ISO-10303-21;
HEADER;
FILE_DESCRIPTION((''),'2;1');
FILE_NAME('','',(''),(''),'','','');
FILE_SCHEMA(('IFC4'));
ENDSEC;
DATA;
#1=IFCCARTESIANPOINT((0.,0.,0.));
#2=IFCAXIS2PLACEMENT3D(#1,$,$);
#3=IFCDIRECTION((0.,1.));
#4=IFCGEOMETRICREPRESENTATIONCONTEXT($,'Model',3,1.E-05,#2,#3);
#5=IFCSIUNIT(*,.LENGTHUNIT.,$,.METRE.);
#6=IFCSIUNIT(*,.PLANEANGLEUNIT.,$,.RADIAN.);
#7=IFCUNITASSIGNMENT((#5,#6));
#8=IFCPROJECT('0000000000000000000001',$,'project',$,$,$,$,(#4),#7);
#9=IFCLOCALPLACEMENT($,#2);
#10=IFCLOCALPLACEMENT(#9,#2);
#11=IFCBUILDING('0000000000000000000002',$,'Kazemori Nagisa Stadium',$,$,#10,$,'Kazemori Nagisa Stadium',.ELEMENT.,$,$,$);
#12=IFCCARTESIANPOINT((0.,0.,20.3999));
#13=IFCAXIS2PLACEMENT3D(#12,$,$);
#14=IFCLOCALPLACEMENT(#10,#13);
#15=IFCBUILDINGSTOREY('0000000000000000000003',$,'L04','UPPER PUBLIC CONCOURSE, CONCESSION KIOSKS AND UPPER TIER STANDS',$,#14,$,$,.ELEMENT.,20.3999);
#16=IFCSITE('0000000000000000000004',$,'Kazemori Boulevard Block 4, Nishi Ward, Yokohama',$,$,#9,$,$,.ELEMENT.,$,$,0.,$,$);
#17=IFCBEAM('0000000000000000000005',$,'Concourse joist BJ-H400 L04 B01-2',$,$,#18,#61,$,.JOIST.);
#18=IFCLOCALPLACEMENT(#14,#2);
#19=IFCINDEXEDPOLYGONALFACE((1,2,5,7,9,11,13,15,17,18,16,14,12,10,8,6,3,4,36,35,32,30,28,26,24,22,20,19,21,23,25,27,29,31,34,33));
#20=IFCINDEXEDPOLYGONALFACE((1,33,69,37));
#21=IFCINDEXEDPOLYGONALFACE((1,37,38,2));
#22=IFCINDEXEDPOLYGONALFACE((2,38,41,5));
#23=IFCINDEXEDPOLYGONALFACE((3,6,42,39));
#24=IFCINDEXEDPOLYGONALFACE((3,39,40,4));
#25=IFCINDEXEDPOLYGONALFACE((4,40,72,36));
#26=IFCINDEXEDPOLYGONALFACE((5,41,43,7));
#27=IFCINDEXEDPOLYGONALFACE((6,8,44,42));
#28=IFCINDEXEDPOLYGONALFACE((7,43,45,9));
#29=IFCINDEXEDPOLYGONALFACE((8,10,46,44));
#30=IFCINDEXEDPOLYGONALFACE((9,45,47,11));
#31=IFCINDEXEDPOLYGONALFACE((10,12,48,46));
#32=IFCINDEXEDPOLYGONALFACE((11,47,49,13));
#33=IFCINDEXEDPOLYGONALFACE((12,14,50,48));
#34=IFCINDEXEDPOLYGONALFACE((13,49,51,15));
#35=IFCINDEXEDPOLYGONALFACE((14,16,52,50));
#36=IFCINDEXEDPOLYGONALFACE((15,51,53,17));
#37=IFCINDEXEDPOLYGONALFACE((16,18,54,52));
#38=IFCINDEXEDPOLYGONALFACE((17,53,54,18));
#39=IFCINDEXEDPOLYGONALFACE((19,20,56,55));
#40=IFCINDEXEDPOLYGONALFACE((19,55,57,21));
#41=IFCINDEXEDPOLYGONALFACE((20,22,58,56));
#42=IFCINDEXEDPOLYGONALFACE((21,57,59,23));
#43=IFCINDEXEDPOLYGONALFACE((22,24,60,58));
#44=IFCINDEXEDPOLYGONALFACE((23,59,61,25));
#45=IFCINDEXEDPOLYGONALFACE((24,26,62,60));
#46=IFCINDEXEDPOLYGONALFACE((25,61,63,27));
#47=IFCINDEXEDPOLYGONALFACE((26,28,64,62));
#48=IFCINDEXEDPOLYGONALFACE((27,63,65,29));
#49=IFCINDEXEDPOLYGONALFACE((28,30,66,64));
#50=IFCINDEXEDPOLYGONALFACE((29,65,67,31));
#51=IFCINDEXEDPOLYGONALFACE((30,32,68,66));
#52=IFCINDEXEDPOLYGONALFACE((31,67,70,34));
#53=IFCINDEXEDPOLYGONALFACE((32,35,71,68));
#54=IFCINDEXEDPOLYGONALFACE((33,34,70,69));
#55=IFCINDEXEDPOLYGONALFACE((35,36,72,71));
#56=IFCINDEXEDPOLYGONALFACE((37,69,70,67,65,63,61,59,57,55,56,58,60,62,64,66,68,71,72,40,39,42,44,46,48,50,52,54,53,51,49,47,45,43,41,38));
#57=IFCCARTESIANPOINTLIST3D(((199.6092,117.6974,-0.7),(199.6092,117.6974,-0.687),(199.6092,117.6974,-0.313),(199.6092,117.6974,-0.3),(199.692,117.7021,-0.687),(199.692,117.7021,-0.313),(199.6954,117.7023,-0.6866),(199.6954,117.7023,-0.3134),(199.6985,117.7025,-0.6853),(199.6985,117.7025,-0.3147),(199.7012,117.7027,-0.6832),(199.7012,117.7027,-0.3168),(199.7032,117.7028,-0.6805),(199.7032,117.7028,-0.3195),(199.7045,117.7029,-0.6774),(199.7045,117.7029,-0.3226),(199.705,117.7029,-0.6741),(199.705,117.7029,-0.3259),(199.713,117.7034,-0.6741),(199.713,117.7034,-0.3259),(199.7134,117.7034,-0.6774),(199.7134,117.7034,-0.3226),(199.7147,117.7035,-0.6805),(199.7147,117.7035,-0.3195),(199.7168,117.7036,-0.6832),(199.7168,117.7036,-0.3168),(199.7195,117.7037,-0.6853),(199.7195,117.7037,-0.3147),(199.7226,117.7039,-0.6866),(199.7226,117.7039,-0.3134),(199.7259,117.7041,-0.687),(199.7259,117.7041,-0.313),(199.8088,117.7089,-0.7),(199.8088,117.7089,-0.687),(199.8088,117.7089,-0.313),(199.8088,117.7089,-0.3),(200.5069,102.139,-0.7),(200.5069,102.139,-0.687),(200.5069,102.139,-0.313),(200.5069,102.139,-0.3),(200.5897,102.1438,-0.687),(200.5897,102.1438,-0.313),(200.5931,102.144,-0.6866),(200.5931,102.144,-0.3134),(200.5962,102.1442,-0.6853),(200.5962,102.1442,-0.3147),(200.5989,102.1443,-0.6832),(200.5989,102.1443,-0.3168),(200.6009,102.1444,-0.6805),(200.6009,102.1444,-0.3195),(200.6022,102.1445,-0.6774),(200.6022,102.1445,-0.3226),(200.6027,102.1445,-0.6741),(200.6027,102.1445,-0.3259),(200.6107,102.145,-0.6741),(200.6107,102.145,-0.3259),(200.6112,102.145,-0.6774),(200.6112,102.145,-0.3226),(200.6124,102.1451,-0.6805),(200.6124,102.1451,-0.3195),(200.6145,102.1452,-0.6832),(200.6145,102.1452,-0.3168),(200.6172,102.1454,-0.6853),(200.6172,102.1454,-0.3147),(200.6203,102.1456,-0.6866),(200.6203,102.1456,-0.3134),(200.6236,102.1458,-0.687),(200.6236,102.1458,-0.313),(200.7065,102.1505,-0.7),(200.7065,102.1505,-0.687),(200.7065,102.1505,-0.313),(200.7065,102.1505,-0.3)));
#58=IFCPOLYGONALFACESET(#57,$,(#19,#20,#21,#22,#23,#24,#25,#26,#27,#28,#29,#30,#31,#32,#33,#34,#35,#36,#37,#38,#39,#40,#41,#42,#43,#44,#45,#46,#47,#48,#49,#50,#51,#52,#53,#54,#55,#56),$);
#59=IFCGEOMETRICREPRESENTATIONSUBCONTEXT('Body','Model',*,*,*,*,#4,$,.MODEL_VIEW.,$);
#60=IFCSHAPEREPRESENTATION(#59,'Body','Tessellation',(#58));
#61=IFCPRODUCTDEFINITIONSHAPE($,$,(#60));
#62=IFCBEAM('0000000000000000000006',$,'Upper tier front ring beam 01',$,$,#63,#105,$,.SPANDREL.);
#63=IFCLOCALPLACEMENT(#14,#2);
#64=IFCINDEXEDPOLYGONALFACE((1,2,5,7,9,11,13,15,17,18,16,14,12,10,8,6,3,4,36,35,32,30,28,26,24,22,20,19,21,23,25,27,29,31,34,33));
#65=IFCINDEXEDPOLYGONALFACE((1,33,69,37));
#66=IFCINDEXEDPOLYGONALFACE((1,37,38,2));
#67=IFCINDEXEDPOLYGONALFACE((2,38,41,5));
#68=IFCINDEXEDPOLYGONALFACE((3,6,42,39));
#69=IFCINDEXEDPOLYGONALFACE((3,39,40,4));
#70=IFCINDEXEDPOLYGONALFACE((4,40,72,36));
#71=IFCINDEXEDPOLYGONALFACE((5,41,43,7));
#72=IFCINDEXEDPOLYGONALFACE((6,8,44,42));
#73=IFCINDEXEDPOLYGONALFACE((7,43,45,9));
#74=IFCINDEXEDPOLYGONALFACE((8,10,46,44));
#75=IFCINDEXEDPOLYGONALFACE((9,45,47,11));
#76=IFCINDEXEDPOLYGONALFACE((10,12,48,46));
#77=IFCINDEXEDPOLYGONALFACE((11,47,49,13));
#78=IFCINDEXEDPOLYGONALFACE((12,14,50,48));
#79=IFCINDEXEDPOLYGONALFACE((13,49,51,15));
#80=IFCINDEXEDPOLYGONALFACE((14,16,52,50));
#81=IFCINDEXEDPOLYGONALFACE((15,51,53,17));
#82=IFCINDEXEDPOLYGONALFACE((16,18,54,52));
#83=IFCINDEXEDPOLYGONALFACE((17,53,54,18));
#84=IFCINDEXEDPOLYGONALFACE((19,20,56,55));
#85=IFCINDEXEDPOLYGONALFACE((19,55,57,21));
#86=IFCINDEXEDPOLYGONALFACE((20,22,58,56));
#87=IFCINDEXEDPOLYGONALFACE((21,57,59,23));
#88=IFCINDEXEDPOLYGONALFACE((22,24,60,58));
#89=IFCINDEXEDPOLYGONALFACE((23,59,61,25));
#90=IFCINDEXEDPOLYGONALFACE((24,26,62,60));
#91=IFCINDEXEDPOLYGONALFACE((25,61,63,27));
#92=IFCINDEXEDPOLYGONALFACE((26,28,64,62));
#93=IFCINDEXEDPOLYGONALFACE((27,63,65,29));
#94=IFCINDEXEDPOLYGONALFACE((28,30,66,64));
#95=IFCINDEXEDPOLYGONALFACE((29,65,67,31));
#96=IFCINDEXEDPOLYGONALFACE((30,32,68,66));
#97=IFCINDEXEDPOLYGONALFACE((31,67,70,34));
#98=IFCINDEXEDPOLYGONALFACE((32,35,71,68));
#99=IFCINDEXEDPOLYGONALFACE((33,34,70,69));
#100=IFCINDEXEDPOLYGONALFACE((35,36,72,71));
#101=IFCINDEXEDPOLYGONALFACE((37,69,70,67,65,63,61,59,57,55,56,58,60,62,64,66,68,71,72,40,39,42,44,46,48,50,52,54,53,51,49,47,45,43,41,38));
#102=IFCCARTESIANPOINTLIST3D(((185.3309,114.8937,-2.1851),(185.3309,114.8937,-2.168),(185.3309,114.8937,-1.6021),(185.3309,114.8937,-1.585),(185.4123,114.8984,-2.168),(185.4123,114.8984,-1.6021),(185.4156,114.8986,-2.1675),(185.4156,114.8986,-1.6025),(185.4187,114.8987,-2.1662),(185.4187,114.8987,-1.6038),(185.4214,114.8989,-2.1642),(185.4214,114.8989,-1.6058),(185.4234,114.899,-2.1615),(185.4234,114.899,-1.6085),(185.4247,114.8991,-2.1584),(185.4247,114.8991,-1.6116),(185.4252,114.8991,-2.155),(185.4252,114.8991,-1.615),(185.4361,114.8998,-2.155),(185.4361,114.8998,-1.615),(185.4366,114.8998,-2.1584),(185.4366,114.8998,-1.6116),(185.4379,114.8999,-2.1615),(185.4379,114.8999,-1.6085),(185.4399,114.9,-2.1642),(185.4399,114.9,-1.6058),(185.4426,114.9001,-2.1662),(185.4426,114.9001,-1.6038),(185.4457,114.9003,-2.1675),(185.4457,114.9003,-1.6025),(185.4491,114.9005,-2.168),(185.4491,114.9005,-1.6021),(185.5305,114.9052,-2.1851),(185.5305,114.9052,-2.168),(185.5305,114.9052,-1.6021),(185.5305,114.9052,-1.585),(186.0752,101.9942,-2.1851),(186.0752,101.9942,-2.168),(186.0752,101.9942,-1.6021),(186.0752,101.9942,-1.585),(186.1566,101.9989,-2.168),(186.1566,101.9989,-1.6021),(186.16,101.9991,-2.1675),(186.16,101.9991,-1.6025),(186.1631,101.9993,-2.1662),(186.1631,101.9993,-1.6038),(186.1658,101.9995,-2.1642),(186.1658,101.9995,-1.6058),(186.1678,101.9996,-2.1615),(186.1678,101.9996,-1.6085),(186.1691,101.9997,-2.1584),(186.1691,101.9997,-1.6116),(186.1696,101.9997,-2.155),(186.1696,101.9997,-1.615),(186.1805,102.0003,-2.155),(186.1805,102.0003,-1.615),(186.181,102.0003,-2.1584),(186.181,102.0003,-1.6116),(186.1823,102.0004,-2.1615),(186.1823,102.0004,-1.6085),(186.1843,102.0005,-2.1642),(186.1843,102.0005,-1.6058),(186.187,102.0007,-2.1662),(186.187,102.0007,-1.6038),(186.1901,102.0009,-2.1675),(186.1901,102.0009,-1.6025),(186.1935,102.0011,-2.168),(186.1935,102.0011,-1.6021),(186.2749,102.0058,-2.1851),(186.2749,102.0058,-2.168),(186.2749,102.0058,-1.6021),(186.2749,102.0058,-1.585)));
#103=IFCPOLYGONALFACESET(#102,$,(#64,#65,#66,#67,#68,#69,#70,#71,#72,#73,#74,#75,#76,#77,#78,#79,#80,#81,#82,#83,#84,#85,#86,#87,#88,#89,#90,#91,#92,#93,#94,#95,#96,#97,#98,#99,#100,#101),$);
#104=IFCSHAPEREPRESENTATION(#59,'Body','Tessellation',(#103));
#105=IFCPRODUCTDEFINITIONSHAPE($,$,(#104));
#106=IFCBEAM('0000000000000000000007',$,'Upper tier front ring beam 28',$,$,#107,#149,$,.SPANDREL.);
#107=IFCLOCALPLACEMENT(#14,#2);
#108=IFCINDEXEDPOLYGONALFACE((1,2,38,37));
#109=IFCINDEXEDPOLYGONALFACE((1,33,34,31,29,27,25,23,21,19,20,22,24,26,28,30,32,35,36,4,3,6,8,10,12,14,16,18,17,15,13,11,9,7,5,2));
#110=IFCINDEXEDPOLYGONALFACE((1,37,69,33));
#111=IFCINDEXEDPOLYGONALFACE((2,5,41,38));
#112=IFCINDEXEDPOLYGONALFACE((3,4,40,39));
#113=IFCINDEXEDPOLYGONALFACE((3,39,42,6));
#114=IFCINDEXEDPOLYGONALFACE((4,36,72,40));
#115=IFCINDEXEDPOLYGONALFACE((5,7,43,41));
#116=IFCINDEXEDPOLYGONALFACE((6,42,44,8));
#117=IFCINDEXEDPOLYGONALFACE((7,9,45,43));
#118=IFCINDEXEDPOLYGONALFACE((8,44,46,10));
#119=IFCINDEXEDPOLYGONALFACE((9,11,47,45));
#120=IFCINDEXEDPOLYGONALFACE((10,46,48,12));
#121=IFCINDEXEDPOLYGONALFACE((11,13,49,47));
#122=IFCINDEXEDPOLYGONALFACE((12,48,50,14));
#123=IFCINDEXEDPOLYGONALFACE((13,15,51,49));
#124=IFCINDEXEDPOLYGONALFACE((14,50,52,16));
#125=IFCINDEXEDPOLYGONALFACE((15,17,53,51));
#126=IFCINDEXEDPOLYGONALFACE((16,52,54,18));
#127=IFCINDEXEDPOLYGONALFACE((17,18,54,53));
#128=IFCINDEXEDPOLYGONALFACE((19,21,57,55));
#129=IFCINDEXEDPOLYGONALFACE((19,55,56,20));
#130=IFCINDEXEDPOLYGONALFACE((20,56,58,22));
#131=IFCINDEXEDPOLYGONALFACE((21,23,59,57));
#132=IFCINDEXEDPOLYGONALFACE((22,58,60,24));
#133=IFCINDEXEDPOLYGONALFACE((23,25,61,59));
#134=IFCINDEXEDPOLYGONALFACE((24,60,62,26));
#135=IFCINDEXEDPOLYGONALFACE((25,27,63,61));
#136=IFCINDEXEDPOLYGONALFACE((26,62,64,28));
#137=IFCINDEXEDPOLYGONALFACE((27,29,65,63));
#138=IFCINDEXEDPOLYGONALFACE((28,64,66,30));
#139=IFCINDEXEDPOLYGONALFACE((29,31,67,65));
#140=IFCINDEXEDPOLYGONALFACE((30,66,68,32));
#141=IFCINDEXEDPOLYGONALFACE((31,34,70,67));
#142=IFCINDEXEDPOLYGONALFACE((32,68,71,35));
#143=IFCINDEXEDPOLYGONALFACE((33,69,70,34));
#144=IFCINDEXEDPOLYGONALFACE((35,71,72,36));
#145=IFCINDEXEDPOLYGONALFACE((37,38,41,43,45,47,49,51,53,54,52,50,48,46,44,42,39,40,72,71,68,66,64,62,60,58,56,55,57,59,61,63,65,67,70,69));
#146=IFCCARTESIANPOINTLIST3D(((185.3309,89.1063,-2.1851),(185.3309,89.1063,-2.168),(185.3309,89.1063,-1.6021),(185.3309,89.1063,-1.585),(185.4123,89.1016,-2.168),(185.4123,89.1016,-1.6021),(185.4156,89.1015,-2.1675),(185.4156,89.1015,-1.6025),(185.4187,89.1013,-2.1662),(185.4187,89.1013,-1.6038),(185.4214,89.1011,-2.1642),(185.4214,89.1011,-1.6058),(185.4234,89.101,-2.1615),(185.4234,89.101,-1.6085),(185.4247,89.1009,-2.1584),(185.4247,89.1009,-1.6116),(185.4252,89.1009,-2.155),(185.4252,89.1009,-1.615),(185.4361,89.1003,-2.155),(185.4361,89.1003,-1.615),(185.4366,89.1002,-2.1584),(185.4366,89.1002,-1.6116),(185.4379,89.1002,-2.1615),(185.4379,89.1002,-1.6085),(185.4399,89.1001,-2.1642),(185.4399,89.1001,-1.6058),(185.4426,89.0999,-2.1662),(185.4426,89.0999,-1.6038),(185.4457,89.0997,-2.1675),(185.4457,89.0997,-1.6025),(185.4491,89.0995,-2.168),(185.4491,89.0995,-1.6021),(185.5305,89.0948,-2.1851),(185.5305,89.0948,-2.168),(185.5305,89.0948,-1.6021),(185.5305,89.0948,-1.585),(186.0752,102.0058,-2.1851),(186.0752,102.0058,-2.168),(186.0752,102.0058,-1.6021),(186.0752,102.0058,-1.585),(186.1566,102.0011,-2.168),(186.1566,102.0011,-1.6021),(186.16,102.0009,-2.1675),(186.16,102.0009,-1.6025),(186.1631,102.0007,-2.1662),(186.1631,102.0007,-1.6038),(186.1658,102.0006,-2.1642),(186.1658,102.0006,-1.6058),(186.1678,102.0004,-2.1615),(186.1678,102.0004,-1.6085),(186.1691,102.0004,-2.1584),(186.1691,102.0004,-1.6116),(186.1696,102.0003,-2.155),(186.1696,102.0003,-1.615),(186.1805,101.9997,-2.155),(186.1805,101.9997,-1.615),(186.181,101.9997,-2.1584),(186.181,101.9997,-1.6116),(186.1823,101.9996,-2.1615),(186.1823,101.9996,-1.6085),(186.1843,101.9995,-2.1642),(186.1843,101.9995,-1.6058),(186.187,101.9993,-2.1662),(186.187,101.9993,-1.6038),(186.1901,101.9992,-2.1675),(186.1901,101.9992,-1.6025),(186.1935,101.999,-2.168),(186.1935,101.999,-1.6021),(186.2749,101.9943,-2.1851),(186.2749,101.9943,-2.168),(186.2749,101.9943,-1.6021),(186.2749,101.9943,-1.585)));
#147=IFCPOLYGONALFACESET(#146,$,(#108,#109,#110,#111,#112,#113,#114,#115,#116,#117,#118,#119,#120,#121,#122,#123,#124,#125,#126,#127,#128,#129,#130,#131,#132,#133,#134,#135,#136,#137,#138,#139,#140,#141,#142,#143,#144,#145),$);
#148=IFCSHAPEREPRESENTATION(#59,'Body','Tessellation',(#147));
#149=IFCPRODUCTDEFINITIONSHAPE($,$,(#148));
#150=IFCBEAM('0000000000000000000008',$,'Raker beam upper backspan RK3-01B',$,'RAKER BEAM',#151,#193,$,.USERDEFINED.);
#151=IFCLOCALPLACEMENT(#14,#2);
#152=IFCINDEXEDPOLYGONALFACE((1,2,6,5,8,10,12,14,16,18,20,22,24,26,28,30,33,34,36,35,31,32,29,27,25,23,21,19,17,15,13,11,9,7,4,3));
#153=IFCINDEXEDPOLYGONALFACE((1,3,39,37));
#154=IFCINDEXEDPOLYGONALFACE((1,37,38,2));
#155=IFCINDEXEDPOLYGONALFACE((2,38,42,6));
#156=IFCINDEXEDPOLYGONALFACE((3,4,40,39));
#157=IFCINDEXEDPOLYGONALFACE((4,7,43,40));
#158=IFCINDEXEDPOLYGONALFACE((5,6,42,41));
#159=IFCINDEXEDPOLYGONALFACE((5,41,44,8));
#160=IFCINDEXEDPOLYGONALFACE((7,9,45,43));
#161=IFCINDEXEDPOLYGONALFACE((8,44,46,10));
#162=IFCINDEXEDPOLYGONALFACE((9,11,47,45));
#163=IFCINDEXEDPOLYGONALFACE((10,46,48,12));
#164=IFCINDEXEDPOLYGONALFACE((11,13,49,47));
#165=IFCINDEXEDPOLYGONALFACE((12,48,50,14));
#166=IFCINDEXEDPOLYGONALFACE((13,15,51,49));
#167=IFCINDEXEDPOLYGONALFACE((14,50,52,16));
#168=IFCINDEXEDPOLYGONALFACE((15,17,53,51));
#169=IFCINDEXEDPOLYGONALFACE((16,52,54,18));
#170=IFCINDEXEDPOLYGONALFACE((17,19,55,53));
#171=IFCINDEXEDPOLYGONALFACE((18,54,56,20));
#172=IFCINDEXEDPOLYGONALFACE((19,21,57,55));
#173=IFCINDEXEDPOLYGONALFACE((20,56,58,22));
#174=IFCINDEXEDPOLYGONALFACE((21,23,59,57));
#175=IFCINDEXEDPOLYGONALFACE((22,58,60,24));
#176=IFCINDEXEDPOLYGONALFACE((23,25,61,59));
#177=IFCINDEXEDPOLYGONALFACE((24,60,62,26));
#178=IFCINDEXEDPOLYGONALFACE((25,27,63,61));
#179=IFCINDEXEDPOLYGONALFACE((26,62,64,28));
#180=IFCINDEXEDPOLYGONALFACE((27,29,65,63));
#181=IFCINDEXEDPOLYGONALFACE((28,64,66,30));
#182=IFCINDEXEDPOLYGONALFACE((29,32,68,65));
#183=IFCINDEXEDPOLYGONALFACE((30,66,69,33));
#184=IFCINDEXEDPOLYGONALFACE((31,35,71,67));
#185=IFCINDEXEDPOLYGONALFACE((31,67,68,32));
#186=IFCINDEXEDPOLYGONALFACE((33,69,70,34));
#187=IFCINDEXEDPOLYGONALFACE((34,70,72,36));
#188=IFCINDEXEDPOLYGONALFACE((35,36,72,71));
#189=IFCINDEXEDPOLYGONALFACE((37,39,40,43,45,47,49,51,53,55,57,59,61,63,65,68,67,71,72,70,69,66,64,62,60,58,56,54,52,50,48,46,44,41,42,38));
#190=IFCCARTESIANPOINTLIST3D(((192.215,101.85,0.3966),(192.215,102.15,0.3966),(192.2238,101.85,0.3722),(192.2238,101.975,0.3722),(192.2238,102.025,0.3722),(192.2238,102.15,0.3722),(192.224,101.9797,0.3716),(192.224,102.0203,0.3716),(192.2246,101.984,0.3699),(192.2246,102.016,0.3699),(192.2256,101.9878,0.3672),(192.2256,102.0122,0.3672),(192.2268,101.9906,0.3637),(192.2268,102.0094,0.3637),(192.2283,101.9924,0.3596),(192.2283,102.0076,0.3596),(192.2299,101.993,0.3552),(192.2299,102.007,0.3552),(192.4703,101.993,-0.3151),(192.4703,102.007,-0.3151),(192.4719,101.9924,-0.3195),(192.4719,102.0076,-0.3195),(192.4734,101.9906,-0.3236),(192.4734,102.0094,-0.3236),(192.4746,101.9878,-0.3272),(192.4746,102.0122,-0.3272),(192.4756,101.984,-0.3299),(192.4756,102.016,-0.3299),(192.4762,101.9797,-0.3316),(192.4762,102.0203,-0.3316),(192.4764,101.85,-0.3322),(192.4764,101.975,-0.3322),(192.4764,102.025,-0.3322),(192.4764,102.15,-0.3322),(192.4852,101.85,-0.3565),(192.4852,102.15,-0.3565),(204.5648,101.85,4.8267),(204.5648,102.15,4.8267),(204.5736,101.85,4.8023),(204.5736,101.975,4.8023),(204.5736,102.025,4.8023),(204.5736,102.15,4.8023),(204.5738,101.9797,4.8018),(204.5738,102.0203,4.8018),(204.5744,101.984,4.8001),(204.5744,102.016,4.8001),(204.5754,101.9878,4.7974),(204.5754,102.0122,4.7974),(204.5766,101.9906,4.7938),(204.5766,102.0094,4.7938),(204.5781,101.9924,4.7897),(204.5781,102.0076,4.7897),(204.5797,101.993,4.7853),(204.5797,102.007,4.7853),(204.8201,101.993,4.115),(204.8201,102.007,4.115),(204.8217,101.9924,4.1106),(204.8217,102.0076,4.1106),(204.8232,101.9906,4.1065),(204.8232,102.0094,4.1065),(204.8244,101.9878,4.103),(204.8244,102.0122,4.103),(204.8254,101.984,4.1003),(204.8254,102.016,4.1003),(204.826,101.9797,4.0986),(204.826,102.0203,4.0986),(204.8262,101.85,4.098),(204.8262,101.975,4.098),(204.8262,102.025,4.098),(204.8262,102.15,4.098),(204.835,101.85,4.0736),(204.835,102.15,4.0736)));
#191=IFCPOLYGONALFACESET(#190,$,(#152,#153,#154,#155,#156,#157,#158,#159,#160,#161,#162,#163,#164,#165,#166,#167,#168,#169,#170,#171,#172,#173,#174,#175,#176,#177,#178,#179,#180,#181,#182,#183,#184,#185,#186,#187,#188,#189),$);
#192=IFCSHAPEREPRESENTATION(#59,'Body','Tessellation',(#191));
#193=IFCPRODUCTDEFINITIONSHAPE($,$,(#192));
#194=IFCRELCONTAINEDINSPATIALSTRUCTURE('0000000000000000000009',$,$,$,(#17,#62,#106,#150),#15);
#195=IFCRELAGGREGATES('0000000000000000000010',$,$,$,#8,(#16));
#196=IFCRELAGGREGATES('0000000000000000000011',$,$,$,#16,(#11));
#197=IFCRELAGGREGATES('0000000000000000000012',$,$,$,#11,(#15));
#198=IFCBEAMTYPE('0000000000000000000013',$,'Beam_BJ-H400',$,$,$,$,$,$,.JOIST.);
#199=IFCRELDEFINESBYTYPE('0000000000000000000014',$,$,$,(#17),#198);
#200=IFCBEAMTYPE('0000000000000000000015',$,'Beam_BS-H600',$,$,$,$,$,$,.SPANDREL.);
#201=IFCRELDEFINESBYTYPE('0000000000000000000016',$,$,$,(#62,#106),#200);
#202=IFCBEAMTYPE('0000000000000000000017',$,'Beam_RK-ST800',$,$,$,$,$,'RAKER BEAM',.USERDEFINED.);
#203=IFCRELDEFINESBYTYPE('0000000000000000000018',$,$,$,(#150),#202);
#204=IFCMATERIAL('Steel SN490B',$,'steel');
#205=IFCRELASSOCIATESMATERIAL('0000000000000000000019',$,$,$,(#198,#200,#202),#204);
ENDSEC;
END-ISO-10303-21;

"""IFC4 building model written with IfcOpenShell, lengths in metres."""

from ifc_helpers import new_model, si_unit, direction, frame, origin, origin_2d, place, context, subcontext, project, spatial, i_section, extrude, material, material_profile, profile_set, type_object, element, save


model = new_model("IFC4")

# Units and contexts
model_context = context("Model", 3, precision=1e-05, world=origin(), true_north=direction((0.0, 1.0)))
body_context = subcontext(model_context, "Body", "Model", "MODEL_VIEW")
ifc_project = project(units=[si_unit("LENGTHUNIT", "METRE"), si_unit("PLANEANGLEUNIT", "RADIAN")], contexts=[model_context])

# Site, building, storey
site_placement = place(None, origin())
site = spatial("IfcSite", under=ifc_project, at=site_placement, Name="Kazemori Boulevard Block 4, Nishi Ward, Yokohama", CompositionType="ELEMENT", RefElevation=0.0)
building_placement = place(site_placement, origin())
building = spatial("IfcBuilding", under=site, at=building_placement, Name="Kazemori Nagisa Stadium", LongName="Kazemori Nagisa Stadium", CompositionType="ELEMENT")
storey_placement = place(building_placement, frame((0.0, 0.0, 20.3999)))
storey = spatial("IfcBuildingStorey", under=building, at=storey_placement, Name="L04", Description="UPPER PUBLIC CONCOURSE, CONCESSION KIOSKS AND UPPER TIER STANDS", CompositionType="ELEMENT", Elevation=20.3999)

# Beams
ifc_material_1 = material(Name="Steel SN490B", Category="steel")
ifc_material_profile_1 = material_profile(ifc_material_1, i_section(OverallWidth=0.2, OverallDepth=0.3999, WebThickness=0.0081, FlangeThickness=0.0129, FilletRadius=0.0129, at=origin_2d()), Name="H-400x200x8x13")
ifc_profile_set_1 = profile_set([ifc_material_profile_1], Name="Steel SN490B")
beam_type_1 = type_object("IfcBeamType", Name="Beam_BJ-H400", PredefinedType="JOIST", material=ifc_profile_set_1)
beam_1_placement = place(storey_placement, frame((200.6067, 102.1448, -0.5), z_axis=(-0.057603, 0.99834, 0.0), x_axis=(-0.99834, -0.057603, 0.0)))
element("IfcBeam", 1, at=beam_1_placement, inside=storey, type_object=beam_type_1, Name="Concourse joist BJ-H400 L04 B01-2", PredefinedType="JOIST", context=body_context, shape_type="SweptSolid", body=[
    extrude(i_section(OverallWidth=0.2, OverallDepth=0.3999, WebThickness=0.0081, FlangeThickness=0.0129, FilletRadius=0.0129, at=origin_2d()), origin(), (0.0, 0.0, 1.0), 15.5842),
])
ifc_material_profile_2 = material_profile(ifc_material_1, i_section(OverallWidth=0.2, OverallDepth=0.6001, WebThickness=0.011, FlangeThickness=0.0171, FilletRadius=0.0129, at=origin_2d()), Name="H-600x200x11x17")
ifc_profile_set_2 = profile_set([ifc_material_profile_2], Name="Steel SN490B")
beam_type_2 = type_object("IfcBeamType", Name="Beam_BS-H600", PredefinedType="SPANDREL", material=ifc_profile_set_2)
for number, where, z_axis, x_axis, name in (
    (2, (186.175, 102.0, -1.885), (-0.057611, 0.998339, 0.0), (-0.998339, -0.057611, 0.0), "Upper tier front ring beam 01"),
    (3, (185.4307, 89.1006, -1.885), (0.057611, 0.998339, 0.0), (-0.998339, 0.057611, 0.0), "Upper tier front ring beam 28"),
):
    element("IfcBeam", number, at=place(storey_placement, frame(where, z_axis=z_axis, x_axis=x_axis)), inside=storey, type_object=beam_type_2, Name=name, PredefinedType="SPANDREL", context=body_context, shape_type="SweptSolid", body=[
        extrude(i_section(OverallWidth=0.2, OverallDepth=0.6001, WebThickness=0.011, FlangeThickness=0.0171, FilletRadius=0.0129, at=origin_2d()), origin(), (0.0, 0.0, 1.0), 12.9209),
    ])
ifc_material_profile_3 = material_profile(ifc_material_1, i_section(OverallWidth=0.3, OverallDepth=0.8, WebThickness=0.0139, FlangeThickness=0.0259, FilletRadius=0.0181, at=origin_2d()), Name="H-800x300x14x26")
ifc_profile_set_3 = profile_set([ifc_material_profile_3], Name="Steel SN490B")
beam_type_3 = type_object("IfcBeamType", Name="Beam_RK-ST800", ElementType="RAKER BEAM", PredefinedType="USERDEFINED", material=ifc_profile_set_3)
beam_2_placement = place(storey_placement, frame((192.3501, 102.0, 0.02), z_axis=(0.94127, 0.0, 0.337655), x_axis=(0.0, 1.0, 0.0)))
element("IfcBeam", 4, at=beam_2_placement, inside=storey, type_object=beam_type_3, Name="Raker beam upper backspan RK3-01B", ObjectType="RAKER BEAM", PredefinedType="USERDEFINED", context=body_context, shape_type="SweptSolid", body=[
    extrude(i_section(OverallWidth=0.3, OverallDepth=0.8, WebThickness=0.0139, FlangeThickness=0.0259, FilletRadius=0.0181, at=origin_2d()), origin(), (0.0, 0.0, 1.0), 13.1204),
])

save(model, "model.ifc")
